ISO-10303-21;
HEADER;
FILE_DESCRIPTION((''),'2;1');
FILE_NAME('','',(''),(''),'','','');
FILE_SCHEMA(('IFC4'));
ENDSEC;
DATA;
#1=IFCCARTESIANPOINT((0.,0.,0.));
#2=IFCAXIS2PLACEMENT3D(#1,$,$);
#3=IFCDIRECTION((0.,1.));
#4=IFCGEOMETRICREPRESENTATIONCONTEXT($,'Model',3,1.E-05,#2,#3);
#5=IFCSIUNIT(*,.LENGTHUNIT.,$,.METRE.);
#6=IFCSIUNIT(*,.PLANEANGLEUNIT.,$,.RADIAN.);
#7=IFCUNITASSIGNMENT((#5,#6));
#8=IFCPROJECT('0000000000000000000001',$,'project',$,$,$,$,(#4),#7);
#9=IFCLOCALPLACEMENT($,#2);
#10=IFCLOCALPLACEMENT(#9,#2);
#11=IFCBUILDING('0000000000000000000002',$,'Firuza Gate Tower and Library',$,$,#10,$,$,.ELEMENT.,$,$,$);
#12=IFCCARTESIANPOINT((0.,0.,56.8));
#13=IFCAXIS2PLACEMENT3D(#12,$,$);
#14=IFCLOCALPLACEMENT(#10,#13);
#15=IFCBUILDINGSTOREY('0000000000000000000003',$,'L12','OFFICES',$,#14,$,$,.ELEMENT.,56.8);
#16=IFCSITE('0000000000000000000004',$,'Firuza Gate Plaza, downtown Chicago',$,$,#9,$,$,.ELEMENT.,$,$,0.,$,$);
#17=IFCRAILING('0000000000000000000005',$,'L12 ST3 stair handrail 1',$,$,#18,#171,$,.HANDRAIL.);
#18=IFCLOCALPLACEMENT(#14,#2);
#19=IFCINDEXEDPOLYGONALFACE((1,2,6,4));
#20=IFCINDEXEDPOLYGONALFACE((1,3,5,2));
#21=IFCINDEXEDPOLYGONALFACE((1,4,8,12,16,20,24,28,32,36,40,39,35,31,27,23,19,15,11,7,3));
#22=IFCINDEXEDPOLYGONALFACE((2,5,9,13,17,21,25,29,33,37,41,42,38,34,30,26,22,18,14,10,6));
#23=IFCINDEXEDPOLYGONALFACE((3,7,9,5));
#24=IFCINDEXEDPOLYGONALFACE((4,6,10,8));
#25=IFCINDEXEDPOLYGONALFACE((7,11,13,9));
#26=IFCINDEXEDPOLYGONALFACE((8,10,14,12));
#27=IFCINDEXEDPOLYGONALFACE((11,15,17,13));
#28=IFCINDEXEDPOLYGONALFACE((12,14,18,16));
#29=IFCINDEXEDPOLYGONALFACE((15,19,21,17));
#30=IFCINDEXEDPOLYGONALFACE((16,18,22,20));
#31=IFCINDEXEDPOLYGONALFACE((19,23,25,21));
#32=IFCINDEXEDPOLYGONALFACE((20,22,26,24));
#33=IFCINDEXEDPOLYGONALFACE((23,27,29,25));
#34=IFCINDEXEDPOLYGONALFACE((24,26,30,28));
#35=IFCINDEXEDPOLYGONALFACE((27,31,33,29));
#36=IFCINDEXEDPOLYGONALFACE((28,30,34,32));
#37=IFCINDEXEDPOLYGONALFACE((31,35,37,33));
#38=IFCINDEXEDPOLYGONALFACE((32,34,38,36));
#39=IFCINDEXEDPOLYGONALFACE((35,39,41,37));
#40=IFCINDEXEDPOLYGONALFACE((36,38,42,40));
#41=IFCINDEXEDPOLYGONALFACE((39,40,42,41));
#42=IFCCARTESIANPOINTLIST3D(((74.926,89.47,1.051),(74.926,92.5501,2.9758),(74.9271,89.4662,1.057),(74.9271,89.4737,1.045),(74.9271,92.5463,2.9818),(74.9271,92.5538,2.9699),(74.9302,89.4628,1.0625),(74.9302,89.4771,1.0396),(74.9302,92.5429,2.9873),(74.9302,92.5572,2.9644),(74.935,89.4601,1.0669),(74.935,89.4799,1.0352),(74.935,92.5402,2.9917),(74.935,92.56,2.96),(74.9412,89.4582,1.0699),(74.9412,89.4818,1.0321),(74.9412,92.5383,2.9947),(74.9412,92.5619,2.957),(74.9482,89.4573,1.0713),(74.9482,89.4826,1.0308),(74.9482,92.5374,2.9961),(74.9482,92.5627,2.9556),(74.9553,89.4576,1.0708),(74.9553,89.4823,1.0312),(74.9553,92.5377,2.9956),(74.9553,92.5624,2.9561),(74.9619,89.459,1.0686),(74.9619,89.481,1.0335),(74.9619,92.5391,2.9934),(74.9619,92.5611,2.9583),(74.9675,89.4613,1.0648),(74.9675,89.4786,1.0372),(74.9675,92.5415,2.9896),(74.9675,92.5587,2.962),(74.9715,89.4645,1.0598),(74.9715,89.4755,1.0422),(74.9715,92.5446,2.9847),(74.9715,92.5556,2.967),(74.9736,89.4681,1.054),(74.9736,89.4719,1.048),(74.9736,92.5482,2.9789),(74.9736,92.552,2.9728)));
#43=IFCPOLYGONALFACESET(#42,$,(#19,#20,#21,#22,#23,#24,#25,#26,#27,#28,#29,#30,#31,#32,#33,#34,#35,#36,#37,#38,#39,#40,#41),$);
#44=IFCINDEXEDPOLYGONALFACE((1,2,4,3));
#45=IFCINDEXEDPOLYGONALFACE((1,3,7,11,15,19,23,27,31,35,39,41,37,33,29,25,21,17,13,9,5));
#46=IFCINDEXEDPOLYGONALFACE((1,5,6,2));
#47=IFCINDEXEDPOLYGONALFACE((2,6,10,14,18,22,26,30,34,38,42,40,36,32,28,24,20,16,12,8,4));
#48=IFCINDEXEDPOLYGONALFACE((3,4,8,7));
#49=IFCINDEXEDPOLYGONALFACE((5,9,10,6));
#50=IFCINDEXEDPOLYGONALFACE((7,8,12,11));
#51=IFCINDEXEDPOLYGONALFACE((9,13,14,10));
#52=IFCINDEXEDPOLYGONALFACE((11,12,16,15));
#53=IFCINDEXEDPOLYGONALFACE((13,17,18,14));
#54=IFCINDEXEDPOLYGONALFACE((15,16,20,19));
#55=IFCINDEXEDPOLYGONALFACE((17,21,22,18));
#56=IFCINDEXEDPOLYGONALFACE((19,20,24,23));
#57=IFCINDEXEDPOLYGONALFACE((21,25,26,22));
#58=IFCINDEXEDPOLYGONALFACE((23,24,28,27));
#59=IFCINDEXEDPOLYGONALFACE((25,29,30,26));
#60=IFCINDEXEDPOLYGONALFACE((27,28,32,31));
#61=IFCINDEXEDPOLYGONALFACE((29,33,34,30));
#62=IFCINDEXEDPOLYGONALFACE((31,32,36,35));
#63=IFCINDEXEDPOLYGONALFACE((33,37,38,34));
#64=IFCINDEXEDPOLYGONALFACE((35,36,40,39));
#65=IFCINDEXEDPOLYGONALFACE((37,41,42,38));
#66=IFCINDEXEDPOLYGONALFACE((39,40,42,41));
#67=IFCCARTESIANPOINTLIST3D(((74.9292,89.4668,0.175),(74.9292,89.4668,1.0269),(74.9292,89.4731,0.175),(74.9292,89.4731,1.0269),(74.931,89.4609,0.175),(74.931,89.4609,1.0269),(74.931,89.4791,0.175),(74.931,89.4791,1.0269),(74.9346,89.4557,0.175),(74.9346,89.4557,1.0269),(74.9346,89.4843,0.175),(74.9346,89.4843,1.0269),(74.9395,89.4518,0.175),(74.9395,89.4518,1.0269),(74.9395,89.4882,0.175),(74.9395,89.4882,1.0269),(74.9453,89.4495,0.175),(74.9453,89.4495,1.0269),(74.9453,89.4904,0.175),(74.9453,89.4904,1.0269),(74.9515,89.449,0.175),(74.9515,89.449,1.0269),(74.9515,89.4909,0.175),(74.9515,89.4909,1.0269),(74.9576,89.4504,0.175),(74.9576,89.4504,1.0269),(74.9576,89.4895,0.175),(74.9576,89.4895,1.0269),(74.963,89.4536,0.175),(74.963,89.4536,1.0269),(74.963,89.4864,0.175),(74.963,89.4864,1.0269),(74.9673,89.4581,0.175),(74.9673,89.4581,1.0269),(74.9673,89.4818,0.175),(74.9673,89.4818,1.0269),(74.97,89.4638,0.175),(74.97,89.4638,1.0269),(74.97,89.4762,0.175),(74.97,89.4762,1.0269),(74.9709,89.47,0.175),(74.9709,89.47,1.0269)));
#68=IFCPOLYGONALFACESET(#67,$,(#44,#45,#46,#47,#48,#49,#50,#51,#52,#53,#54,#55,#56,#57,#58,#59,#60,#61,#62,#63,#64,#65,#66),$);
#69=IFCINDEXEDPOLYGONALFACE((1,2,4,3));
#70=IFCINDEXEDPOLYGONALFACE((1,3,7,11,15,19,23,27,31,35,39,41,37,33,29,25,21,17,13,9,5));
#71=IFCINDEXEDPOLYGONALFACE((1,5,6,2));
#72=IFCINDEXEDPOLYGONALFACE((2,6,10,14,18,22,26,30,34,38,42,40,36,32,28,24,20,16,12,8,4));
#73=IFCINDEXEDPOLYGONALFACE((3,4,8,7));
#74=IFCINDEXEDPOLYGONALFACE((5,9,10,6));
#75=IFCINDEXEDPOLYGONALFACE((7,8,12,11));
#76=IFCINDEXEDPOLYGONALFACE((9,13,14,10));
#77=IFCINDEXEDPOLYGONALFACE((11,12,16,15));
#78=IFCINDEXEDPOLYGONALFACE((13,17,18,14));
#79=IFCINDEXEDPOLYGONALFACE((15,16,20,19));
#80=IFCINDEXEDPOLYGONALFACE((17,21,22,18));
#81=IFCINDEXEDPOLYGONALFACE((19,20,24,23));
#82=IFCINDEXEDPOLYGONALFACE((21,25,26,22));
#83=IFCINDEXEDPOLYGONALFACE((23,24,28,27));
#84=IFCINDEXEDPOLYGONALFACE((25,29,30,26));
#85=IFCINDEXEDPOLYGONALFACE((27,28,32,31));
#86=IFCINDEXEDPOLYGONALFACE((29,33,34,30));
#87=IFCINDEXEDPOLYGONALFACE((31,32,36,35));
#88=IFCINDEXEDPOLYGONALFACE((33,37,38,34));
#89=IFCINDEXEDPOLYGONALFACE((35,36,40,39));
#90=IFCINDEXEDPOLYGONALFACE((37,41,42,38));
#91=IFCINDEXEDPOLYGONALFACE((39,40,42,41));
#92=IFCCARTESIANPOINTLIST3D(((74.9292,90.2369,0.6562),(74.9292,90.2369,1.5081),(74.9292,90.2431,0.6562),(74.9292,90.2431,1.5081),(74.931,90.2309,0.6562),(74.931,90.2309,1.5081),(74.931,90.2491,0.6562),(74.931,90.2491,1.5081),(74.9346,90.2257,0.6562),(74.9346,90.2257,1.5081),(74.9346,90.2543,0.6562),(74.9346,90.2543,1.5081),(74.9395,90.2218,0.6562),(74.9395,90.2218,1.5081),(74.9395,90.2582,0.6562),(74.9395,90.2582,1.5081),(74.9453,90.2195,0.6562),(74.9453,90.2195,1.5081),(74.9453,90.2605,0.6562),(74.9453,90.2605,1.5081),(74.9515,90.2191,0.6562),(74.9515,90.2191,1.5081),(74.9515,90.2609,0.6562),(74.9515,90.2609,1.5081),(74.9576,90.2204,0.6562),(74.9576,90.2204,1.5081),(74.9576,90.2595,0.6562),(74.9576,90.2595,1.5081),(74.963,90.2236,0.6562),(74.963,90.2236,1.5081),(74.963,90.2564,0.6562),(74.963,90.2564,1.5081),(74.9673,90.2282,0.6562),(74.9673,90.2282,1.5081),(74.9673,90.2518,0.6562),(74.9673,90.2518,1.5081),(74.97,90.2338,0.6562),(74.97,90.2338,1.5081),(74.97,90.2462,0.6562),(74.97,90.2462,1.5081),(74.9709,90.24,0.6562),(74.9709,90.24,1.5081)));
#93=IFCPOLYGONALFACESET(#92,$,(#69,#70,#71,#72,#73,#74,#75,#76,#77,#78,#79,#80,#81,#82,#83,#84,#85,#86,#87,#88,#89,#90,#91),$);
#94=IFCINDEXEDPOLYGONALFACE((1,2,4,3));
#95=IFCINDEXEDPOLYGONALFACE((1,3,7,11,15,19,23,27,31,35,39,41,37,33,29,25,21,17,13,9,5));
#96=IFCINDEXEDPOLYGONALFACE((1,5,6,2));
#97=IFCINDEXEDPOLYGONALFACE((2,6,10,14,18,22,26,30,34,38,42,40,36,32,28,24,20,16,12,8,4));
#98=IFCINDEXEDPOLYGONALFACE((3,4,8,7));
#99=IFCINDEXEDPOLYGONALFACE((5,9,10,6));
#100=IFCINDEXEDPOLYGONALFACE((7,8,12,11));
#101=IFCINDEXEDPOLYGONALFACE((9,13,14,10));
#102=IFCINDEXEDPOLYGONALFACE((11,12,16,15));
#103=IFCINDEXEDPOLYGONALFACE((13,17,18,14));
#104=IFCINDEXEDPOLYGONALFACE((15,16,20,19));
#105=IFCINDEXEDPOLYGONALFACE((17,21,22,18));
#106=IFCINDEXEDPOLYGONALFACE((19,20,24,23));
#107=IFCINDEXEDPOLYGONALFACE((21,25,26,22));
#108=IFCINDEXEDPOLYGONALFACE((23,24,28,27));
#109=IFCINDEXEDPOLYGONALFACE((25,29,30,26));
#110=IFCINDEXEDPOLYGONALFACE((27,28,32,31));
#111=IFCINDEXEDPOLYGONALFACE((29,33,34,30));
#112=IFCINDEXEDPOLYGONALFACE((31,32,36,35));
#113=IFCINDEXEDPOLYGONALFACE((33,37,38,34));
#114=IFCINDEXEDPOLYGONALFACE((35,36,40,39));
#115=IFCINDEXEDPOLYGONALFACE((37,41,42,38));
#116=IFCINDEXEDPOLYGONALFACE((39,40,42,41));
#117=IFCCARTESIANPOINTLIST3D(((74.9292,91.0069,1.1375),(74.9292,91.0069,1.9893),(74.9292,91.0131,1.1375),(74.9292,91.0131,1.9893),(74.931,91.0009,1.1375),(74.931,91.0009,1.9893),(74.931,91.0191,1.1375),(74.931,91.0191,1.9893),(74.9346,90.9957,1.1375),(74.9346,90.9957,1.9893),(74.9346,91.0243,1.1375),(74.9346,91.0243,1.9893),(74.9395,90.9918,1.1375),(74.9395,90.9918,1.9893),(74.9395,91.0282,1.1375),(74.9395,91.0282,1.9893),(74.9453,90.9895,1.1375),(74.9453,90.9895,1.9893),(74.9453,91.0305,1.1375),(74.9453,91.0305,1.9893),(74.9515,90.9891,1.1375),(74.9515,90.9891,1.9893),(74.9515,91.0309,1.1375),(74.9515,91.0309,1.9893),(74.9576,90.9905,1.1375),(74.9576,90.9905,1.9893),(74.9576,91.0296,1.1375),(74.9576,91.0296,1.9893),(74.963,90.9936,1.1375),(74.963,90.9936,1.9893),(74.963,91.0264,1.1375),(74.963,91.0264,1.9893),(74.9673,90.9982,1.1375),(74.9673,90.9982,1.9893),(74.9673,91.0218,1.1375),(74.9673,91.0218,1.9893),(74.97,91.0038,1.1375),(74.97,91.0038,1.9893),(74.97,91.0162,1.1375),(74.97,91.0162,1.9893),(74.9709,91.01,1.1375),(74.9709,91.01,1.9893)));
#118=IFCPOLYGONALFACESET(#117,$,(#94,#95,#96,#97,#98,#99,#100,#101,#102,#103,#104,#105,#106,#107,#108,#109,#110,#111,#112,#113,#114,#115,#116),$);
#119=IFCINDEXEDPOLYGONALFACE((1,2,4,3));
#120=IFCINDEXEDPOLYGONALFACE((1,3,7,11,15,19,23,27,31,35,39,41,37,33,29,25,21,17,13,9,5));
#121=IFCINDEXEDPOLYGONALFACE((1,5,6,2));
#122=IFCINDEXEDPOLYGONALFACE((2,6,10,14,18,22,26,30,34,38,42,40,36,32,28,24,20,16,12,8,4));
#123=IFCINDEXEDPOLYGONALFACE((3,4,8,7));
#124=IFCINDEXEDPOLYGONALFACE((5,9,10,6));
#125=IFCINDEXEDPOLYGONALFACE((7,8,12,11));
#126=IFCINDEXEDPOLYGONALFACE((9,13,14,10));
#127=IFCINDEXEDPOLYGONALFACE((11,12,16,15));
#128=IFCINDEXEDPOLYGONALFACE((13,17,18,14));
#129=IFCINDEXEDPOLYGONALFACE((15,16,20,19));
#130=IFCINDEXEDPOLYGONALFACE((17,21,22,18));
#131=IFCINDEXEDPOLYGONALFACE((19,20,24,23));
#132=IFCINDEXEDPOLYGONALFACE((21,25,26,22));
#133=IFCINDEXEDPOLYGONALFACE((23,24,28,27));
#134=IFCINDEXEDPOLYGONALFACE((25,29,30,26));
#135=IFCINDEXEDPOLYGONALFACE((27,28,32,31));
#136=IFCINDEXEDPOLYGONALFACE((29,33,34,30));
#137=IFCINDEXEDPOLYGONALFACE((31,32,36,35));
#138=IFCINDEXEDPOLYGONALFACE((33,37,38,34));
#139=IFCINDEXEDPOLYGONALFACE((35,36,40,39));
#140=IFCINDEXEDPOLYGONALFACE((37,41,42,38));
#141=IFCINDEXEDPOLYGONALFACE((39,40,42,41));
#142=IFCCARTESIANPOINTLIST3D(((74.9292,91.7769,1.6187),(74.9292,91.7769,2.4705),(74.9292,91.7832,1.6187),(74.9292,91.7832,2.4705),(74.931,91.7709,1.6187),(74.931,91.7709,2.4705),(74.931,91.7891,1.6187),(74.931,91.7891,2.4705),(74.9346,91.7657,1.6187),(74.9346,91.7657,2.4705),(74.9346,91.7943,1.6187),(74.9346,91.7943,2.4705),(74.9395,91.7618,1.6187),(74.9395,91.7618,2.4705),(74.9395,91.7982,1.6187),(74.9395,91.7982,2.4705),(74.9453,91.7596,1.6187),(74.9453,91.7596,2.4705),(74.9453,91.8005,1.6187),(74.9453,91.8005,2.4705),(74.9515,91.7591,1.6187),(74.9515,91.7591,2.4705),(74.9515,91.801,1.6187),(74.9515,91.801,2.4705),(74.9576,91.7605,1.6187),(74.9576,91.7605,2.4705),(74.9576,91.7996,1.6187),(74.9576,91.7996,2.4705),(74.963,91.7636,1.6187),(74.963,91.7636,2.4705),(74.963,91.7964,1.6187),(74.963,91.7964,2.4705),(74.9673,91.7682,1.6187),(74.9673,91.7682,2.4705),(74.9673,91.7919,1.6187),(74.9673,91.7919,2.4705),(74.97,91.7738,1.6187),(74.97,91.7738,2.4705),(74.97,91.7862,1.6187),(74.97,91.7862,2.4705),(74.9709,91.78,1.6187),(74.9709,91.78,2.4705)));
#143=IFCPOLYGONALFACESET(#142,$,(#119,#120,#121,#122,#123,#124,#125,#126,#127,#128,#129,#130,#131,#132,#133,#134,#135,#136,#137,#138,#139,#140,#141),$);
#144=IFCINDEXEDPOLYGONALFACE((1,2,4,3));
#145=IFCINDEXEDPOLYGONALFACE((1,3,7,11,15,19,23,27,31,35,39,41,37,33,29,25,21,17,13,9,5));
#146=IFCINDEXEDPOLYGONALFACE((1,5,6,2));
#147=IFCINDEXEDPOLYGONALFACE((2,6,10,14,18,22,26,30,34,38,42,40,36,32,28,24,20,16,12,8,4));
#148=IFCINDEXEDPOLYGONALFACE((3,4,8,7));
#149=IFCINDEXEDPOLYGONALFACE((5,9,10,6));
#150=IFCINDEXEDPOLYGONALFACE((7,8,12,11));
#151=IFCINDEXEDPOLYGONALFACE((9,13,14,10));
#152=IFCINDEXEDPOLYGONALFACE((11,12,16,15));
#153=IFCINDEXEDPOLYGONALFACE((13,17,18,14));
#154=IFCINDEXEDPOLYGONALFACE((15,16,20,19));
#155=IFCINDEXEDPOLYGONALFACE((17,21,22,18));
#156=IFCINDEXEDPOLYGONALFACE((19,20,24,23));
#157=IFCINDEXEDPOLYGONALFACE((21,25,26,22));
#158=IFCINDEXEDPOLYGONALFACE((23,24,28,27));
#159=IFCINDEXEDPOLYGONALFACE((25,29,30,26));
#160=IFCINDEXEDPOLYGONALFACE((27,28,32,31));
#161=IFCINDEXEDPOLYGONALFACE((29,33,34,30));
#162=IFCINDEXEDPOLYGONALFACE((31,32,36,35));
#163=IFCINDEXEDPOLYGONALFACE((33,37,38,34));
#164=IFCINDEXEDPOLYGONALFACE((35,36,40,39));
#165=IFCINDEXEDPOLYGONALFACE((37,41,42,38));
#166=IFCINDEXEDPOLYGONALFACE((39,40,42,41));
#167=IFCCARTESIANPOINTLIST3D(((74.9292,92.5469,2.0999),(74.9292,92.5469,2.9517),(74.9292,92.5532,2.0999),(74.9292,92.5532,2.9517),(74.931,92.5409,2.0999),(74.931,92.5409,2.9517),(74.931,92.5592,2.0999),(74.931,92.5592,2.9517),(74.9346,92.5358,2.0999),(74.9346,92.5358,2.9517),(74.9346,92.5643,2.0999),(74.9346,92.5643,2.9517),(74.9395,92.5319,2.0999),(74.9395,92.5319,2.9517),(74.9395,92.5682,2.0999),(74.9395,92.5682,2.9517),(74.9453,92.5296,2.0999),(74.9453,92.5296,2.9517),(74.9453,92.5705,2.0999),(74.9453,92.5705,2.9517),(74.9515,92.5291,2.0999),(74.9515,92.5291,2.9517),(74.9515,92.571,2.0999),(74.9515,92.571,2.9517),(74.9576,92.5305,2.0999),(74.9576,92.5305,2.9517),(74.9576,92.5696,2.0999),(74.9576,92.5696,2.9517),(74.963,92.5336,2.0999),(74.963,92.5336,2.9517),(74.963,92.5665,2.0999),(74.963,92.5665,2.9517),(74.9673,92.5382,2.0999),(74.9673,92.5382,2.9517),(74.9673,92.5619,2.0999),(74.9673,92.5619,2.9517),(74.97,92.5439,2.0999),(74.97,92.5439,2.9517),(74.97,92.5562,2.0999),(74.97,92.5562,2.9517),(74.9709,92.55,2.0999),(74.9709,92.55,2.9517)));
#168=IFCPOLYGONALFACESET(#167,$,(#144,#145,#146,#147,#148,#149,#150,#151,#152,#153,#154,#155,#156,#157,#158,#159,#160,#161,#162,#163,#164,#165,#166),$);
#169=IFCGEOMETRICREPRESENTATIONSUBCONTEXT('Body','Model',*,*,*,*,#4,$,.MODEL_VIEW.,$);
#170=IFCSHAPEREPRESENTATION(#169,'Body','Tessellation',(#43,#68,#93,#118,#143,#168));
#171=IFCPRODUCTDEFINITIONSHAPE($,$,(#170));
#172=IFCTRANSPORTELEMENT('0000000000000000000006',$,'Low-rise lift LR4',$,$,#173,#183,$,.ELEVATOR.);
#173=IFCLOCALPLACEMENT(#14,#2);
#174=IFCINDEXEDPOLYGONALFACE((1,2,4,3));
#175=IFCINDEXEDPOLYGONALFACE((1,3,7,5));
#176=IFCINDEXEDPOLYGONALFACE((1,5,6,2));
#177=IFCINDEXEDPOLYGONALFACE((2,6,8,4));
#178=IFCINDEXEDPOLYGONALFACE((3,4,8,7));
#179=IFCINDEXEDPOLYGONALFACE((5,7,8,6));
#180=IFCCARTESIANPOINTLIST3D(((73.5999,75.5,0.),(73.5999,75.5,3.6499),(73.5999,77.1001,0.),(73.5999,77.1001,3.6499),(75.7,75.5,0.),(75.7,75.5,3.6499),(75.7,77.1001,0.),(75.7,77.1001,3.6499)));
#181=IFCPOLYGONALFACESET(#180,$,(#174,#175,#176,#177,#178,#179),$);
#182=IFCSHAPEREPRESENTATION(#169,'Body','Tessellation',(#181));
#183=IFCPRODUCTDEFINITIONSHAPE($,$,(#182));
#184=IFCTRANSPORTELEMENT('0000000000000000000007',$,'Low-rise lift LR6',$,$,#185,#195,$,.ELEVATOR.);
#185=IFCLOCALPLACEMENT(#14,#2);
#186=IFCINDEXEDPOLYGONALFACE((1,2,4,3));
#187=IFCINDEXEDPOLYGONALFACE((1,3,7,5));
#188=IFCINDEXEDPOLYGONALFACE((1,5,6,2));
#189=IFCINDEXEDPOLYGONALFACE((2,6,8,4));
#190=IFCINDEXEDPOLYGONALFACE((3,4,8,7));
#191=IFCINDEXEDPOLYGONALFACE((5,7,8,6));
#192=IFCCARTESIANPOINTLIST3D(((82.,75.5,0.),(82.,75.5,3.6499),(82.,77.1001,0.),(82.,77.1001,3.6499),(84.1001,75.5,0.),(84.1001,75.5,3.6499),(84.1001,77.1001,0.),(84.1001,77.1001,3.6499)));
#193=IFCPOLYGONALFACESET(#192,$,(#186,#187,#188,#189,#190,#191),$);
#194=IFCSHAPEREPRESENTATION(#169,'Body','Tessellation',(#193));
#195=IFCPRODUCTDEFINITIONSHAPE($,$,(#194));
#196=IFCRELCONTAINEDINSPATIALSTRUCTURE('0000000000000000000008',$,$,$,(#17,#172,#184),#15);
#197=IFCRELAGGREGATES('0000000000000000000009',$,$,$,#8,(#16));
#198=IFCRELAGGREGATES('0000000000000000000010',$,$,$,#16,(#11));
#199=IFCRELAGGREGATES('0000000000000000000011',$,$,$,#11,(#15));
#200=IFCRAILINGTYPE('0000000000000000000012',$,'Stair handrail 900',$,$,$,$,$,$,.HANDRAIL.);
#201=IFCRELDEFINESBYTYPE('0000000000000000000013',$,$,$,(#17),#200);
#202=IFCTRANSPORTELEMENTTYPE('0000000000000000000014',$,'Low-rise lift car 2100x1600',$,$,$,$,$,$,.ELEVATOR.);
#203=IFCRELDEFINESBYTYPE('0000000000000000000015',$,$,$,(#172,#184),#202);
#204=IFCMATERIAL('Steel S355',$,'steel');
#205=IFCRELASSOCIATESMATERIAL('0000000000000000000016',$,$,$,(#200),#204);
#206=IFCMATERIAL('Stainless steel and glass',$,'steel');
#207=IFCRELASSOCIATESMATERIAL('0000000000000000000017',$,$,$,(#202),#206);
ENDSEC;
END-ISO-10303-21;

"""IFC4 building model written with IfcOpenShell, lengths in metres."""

from ifc_helpers import new_model, si_unit, direction, frame, origin, origin_2d, place, context, subcontext, project, spatial, rectangle, circle, extrude, material, type_object, element, save


model = new_model("IFC4")

# Units and contexts
model_context = context("Model", 3, precision=1e-05, world=origin(), true_north=direction((0.0, 1.0)))
body_context = subcontext(model_context, "Body", "Model", "MODEL_VIEW")
ifc_project = project(units=[si_unit("LENGTHUNIT", "METRE"), si_unit("PLANEANGLEUNIT", "RADIAN")], contexts=[model_context])

# Site, building, storey
site_placement = place(None, origin())
site = spatial("IfcSite", under=ifc_project, at=site_placement, Name="Firuza Gate Plaza, downtown Chicago", CompositionType="ELEMENT", RefElevation=0.0)
building_placement = place(site_placement, origin())
building = spatial("IfcBuilding", under=site, at=building_placement, Name="Firuza Gate Tower and Library", CompositionType="ELEMENT")
storey_placement = place(building_placement, frame((0.0, 0.0, 56.8)))
storey = spatial("IfcBuildingStorey", under=building, at=storey_placement, Name="L12", Description="OFFICES", CompositionType="ELEMENT", Elevation=56.8)

# Railing
ifc_material_1 = material(Name="Steel S355", Category="steel")
railing_type_1 = type_object("IfcRailingType", Name="Stair handrail 900", PredefinedType="HANDRAIL", material=ifc_material_1)
railing_1_placement = place(storey_placement, frame((74.95, 89.47, 0.175)))
element("IfcRailing", 1, at=railing_1_placement, inside=storey, type_object=railing_type_1, Name="L12 ST3 stair handrail 1", PredefinedType="HANDRAIL", context=body_context, shape_type="SweptSolid", body=[
    extrude(circle(Radius=0.0239, at=origin_2d()), frame((0.0, 0.0, 0.876), z_axis=(0.0, 0.848029, 0.529951), x_axis=(-1.0, 0.0, 0.0)), (0.0, 0.0, 1.0), 3.6321),
    extrude(circle(Radius=0.021, at=origin_2d()), origin(), (0.0, 0.0, 1.0), 0.8518),
    extrude(circle(Radius=0.021, at=origin_2d()), frame((0.0, 0.77, 0.4812)), (0.0, 0.0, 1.0), 0.8518),
    extrude(circle(Radius=0.021, at=origin_2d()), frame((0.0, 1.54, 0.9624)), (0.0, 0.0, 1.0), 0.8518),
    extrude(circle(Radius=0.021, at=origin_2d()), frame((0.0, 2.3101, 1.4436)), (0.0, 0.0, 1.0), 0.8518),
    extrude(circle(Radius=0.021, at=origin_2d()), frame((0.0, 3.0801, 1.9248)), (0.0, 0.0, 1.0), 0.8518),
])

# Transport elements
ifc_material_2 = material(Name="Stainless steel and glass", Category="steel")
transport_element_type = type_object("IfcTransportElementType", Name="Low-rise lift car 2100x1600", PredefinedType="ELEVATOR", material=ifc_material_2)
for number, where, z_axis, x_axis, name in (
    (2, (74.6499, 76.3, 0.0), (0.0, 0.0, 1.0), (1.0, 0.0, 0.0), "Low-rise lift LR4"),
    (3, (83.05, 76.3, 0.0), (0.0, 0.0, 1.0), (1.0, 0.0, 0.0), "Low-rise lift LR6"),
):
    element("IfcTransportElement", number, at=place(storey_placement, frame(where, z_axis=z_axis, x_axis=x_axis)), inside=storey, type_object=transport_element_type, Name=name, PredefinedType="ELEVATOR", context=body_context, shape_type="SweptSolid", body=[
        extrude(rectangle(XDim=2.1001, YDim=1.6001, at=origin_2d()), origin(), (0.0, 0.0, 1.0), 3.6499),
    ])

save(model, "model.ifc")
